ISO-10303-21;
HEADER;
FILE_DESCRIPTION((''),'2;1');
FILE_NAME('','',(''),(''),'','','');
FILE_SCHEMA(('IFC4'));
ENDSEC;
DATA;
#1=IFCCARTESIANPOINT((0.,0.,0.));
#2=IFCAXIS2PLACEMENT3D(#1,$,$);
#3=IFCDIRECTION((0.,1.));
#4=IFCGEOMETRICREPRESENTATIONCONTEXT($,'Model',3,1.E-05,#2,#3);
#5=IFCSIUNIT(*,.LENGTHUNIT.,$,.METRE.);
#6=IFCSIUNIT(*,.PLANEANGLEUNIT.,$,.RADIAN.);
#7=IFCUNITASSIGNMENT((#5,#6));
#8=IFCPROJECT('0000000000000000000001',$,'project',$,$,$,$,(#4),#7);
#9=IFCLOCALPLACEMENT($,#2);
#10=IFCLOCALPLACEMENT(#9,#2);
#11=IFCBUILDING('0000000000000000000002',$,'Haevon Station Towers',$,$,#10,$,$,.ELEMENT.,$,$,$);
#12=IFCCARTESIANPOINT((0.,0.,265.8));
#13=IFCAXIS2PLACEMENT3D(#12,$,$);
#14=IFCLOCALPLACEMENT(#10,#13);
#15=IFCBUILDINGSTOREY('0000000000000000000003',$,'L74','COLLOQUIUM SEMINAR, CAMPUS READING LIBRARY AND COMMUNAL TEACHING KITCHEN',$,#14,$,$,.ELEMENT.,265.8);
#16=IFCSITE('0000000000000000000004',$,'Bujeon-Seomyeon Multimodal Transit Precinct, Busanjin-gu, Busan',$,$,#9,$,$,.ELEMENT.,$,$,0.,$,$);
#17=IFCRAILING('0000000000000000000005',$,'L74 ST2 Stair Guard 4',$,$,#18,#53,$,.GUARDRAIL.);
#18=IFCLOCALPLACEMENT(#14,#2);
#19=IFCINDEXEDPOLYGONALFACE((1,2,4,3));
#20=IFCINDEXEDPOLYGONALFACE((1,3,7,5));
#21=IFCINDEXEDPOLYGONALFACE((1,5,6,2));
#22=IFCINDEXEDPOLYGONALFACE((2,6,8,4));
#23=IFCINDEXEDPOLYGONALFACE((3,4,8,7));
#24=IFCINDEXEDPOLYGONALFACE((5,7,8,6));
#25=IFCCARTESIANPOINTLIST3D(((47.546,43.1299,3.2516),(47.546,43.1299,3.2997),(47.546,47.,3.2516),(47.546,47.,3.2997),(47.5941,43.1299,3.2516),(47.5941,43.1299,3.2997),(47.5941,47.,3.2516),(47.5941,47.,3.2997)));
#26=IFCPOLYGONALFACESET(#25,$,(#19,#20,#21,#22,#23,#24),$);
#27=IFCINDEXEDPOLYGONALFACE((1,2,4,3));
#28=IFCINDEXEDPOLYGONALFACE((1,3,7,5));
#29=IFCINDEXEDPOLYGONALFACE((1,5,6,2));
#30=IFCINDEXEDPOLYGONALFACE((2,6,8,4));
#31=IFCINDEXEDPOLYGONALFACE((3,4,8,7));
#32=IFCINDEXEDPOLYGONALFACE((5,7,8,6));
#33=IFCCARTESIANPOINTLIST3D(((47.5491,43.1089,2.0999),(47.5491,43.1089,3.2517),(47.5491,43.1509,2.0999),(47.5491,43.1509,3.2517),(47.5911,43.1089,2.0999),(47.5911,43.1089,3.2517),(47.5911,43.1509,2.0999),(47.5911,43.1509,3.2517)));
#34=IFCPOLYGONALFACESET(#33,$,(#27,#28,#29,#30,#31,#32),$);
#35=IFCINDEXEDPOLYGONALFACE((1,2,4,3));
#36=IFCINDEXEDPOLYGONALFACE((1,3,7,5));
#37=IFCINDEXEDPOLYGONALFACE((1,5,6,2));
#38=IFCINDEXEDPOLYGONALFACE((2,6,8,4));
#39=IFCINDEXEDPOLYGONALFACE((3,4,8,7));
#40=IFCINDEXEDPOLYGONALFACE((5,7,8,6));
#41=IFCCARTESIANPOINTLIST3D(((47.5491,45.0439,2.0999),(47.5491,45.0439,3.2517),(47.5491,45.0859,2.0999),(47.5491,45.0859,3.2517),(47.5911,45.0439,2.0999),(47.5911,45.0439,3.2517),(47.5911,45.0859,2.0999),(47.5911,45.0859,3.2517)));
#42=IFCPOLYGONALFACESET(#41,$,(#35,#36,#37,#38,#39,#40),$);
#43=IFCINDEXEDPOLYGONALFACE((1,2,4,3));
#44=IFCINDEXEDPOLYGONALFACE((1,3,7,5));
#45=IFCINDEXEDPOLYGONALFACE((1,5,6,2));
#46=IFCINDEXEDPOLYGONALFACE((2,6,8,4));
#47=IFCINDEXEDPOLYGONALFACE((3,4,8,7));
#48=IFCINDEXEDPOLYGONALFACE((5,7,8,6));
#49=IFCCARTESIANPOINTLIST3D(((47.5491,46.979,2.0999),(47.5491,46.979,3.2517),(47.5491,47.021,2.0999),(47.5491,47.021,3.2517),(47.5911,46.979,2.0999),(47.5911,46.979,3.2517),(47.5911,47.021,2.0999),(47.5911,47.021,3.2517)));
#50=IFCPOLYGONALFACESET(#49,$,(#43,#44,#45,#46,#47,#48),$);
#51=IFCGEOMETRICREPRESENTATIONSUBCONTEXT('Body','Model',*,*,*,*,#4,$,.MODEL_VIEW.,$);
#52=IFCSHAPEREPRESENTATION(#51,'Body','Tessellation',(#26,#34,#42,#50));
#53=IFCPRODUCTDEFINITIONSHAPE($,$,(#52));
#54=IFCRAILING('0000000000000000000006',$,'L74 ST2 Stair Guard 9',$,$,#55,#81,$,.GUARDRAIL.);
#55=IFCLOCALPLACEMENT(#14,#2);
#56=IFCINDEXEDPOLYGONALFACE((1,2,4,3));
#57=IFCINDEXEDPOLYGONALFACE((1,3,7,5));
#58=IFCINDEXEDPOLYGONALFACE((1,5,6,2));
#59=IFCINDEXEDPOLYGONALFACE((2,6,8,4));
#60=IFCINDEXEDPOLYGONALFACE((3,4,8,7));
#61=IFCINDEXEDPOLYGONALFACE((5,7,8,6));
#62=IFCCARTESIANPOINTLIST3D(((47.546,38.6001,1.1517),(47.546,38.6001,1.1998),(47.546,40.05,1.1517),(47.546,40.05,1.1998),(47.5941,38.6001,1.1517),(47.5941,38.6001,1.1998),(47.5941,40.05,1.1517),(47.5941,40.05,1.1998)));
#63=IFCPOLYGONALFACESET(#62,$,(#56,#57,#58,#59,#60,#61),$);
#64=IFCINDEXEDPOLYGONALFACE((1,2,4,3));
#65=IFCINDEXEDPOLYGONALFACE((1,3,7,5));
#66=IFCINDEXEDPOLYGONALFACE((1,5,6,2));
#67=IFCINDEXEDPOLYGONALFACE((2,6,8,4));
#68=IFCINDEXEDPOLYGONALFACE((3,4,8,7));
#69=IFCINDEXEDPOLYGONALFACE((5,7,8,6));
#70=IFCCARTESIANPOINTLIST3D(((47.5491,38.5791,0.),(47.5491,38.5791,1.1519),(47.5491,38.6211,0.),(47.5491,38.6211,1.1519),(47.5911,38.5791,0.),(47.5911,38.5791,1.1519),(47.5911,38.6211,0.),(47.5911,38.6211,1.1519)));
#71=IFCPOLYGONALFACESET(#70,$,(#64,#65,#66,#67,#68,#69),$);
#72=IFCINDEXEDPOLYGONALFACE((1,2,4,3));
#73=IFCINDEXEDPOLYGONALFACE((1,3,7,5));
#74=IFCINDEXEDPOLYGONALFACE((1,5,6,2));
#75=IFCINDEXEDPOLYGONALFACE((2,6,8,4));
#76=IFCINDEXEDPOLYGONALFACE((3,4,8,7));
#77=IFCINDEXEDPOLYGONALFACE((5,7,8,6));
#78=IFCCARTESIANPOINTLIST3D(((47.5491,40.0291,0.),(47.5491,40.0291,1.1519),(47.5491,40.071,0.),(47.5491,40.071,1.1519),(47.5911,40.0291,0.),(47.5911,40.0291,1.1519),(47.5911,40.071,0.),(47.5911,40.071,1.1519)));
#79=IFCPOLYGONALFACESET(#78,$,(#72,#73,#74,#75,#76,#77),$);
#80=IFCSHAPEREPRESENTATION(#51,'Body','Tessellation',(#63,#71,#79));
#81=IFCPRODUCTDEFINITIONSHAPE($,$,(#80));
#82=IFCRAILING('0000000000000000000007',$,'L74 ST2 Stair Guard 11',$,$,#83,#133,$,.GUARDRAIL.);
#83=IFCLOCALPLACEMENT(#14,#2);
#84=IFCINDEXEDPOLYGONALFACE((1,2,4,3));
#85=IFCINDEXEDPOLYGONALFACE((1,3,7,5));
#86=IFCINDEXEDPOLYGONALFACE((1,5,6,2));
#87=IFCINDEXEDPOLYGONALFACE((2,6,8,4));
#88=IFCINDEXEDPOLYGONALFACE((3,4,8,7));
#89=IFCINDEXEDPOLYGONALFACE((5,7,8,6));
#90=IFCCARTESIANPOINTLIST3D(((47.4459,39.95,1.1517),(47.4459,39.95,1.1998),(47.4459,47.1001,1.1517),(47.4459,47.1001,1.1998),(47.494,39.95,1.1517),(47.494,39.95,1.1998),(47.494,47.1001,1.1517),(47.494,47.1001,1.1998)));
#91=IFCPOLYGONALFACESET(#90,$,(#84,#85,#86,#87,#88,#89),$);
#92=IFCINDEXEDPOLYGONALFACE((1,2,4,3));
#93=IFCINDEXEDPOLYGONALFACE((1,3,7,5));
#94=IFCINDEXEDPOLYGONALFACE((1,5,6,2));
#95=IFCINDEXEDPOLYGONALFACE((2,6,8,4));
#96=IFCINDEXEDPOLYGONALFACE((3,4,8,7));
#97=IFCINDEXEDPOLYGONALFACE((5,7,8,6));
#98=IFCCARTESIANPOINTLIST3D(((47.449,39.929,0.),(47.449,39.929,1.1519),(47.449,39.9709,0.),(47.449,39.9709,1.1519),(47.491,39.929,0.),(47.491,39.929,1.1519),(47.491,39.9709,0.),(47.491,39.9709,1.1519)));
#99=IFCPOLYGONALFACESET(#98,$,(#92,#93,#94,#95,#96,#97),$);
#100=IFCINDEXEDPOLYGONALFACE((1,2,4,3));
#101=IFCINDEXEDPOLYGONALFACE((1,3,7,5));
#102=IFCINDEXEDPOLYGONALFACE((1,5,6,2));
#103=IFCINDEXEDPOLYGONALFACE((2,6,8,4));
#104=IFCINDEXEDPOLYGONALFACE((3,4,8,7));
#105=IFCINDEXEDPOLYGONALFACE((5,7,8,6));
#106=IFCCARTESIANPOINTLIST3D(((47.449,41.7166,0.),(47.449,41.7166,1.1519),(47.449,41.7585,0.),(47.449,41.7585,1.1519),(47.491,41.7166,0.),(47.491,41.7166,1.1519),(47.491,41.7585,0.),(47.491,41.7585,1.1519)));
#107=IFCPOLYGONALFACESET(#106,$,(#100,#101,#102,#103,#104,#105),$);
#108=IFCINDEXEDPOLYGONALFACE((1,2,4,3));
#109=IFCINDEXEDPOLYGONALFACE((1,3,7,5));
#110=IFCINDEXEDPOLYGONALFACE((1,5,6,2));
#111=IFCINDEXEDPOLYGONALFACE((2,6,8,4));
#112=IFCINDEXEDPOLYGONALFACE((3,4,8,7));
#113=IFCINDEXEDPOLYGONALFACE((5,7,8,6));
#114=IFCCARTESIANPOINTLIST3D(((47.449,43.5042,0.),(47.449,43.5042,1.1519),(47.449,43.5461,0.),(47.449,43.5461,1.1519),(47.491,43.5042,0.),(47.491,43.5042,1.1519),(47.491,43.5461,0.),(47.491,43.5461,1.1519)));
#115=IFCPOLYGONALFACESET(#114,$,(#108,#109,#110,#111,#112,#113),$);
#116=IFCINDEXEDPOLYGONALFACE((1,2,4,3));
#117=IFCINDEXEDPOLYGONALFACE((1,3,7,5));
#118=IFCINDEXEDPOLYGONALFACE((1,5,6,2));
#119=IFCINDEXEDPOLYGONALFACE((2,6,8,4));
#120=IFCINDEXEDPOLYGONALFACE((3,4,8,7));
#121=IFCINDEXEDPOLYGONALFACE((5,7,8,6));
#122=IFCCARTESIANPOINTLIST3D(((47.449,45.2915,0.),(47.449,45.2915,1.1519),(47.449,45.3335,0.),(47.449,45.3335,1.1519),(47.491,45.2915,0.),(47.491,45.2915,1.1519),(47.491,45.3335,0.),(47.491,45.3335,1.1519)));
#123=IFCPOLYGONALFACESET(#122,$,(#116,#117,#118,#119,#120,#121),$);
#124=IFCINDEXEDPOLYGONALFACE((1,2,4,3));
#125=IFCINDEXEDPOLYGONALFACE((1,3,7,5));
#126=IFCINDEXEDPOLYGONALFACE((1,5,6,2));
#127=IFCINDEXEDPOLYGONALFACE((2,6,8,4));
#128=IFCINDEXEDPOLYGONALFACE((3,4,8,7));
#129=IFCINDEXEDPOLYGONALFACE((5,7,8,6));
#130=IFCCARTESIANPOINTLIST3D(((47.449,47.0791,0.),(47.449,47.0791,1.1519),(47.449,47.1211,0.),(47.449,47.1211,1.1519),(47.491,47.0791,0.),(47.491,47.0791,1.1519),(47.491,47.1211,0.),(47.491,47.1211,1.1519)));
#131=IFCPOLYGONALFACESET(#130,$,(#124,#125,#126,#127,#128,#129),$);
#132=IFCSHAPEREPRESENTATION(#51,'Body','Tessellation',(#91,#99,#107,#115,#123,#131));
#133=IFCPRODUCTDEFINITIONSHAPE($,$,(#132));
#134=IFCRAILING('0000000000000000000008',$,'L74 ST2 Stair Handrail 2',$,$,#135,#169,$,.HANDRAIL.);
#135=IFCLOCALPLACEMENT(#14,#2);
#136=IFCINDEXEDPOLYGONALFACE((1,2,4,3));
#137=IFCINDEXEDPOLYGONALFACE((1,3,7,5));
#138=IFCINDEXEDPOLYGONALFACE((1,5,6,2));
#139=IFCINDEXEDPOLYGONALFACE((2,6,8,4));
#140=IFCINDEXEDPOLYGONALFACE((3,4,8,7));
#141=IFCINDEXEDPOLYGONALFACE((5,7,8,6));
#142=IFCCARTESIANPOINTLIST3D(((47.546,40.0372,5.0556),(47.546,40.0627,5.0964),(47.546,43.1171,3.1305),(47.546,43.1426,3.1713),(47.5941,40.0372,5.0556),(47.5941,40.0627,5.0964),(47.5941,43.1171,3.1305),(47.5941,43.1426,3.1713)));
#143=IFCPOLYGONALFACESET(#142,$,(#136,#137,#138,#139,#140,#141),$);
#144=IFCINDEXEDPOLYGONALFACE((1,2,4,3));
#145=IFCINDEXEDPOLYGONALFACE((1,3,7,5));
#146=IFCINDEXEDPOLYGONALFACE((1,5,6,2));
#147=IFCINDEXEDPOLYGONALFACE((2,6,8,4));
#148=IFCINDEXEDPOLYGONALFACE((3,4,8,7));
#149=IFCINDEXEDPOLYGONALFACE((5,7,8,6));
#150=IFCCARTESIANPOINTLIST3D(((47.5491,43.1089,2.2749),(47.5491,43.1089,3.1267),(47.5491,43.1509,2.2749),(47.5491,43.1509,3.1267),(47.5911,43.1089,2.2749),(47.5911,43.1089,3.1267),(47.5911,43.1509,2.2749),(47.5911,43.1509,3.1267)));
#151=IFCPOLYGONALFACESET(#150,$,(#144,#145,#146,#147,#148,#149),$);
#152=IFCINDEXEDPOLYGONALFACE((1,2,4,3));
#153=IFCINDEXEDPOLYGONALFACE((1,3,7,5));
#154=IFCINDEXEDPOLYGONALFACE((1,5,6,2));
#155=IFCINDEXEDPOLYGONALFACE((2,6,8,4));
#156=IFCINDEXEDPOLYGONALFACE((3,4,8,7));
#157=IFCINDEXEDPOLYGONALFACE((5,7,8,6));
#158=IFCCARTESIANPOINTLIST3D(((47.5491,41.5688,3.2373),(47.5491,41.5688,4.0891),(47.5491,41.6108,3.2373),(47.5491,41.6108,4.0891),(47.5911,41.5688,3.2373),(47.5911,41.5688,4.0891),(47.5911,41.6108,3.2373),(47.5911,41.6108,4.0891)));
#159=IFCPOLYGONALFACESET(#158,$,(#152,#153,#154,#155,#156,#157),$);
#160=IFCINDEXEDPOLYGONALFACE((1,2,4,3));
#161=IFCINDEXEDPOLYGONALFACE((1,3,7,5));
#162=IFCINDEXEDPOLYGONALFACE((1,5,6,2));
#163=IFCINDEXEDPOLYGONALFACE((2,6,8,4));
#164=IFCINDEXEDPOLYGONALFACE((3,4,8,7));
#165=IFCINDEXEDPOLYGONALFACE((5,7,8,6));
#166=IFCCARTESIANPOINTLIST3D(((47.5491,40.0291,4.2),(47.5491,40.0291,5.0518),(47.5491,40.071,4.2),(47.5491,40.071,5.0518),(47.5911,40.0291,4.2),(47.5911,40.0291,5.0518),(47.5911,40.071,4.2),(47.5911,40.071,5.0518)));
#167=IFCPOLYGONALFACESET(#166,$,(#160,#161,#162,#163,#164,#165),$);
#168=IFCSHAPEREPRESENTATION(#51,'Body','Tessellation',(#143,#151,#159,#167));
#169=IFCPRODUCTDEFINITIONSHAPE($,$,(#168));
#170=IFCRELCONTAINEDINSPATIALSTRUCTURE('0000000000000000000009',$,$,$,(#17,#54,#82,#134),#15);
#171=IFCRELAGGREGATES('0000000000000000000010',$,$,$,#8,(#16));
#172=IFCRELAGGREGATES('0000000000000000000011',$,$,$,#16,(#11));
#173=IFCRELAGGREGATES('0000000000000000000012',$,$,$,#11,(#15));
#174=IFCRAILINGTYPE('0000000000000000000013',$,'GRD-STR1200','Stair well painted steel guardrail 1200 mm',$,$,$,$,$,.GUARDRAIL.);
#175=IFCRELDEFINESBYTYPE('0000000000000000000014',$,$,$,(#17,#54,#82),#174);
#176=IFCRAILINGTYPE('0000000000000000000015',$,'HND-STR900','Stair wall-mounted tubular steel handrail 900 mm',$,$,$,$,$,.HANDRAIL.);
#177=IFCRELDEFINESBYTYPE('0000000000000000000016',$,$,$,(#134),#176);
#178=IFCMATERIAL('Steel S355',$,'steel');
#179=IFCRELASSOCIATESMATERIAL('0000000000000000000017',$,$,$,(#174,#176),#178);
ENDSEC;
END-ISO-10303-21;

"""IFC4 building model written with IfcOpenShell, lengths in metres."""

from ifc_helpers import new_model, si_unit, direction, frame, origin, origin_2d, place, context, subcontext, project, spatial, rectangle, extrude, material, type_object, element, save


model = new_model("IFC4")

# Units and contexts
model_context = context("Model", 3, precision=1e-05, world=origin(), true_north=direction((0.0, 1.0)))
body_context = subcontext(model_context, "Body", "Model", "MODEL_VIEW")
ifc_project = project(units=[si_unit("LENGTHUNIT", "METRE"), si_unit("PLANEANGLEUNIT", "RADIAN")], contexts=[model_context])

# Site, building, storey
site_placement = place(None, origin())
site = spatial("IfcSite", under=ifc_project, at=site_placement, Name="Bujeon-Seomyeon Multimodal Transit Precinct, Busanjin-gu, Busan", CompositionType="ELEMENT", RefElevation=0.0)
building_placement = place(site_placement, origin())
building = spatial("IfcBuilding", under=site, at=building_placement, Name="Haevon Station Towers", CompositionType="ELEMENT")
storey_placement = place(building_placement, frame((0.0, 0.0, 265.8)))
storey = spatial("IfcBuildingStorey", under=building, at=storey_placement, Name="L74", Description="COLLOQUIUM SEMINAR, CAMPUS READING LIBRARY AND COMMUNAL TEACHING KITCHEN", CompositionType="ELEMENT", Elevation=265.8)

# Shared definitions
ifc_material_1 = material(Name="Steel S355", Category="steel")

# Railings
railing_type_1 = type_object("IfcRailingType", Name="GRD-STR1200", Description="Stair well painted steel guardrail 1200 mm", PredefinedType="GUARDRAIL", material=ifc_material_1)
railing_1_placement = place(storey_placement, frame((47.5701, 43.1299, 2.0999)))
element("IfcRailing", 1, at=railing_1_placement, inside=storey, type_object=railing_type_1, Name="L74 ST2 Stair Guard 4", PredefinedType="GUARDRAIL", context=body_context, shape_type="SweptSolid", body=[
    extrude(rectangle(XDim=0.0481, YDim=0.0481, at=origin_2d()), frame((0.0, 0.0, 1.1758), z_axis=(0.0, 1.0, 0.0), x_axis=(-1.0, 0.0, 0.0)), (0.0, 0.0, 1.0), 3.8701),
    extrude(rectangle(XDim=0.042, YDim=0.042, at=origin_2d()), origin(), (0.0, 0.0, 1.0), 1.1519),
    extrude(rectangle(XDim=0.042, YDim=0.042, at=origin_2d()), frame((0.0, 1.9351, 0.0)), (0.0, 0.0, 1.0), 1.1519),
    extrude(rectangle(XDim=0.042, YDim=0.042, at=origin_2d()), frame((0.0, 3.8701, 0.0)), (0.0, 0.0, 1.0), 1.1519),
])
railing_2_placement = place(storey_placement, frame((47.5701, 38.6001, 0.0)))
element("IfcRailing", 2, at=railing_2_placement, inside=storey, type_object=railing_type_1, Name="L74 ST2 Stair Guard 9", PredefinedType="GUARDRAIL", context=body_context, shape_type="SweptSolid", body=[
    extrude(rectangle(XDim=0.0481, YDim=0.0481, at=origin_2d()), frame((0.0, 0.0, 1.1758), z_axis=(0.0, 1.0, 0.0), x_axis=(-1.0, 0.0, 0.0)), (0.0, 0.0, 1.0), 1.45),
    extrude(rectangle(XDim=0.042, YDim=0.042, at=origin_2d()), origin(), (0.0, 0.0, 1.0), 1.1519),
    extrude(rectangle(XDim=0.042, YDim=0.042, at=origin_2d()), frame((0.0, 1.45, 0.0)), (0.0, 0.0, 1.0), 1.1519),
])
railing_3_placement = place(storey_placement, frame((47.47, 39.95, 0.0)))
element("IfcRailing", 3, at=railing_3_placement, inside=storey, type_object=railing_type_1, Name="L74 ST2 Stair Guard 11", PredefinedType="GUARDRAIL", context=body_context, shape_type="SweptSolid", body=[
    extrude(rectangle(XDim=0.0481, YDim=0.0481, at=origin_2d()), frame((0.0, 0.0, 1.1758), z_axis=(0.0, 1.0, 0.0), x_axis=(-1.0, 0.0, 0.0)), (0.0, 0.0, 1.0), 7.1501),
    extrude(rectangle(XDim=0.042, YDim=0.042, at=origin_2d()), origin(), (0.0, 0.0, 1.0), 1.1519),
    extrude(rectangle(XDim=0.042, YDim=0.042, at=origin_2d()), frame((0.0, 1.7876, 0.0)), (0.0, 0.0, 1.0), 1.1519),
    extrude(rectangle(XDim=0.042, YDim=0.042, at=origin_2d()), frame((0.0, 3.5752, 0.0)), (0.0, 0.0, 1.0), 1.1519),
    extrude(rectangle(XDim=0.042, YDim=0.042, at=origin_2d()), frame((0.0, 5.3625, 0.0)), (0.0, 0.0, 1.0), 1.1519),
    extrude(rectangle(XDim=0.042, YDim=0.042, at=origin_2d()), frame((0.0, 7.1501, 0.0)), (0.0, 0.0, 1.0), 1.1519),
])
railing_type_2 = type_object("IfcRailingType", Name="HND-STR900", Description="Stair wall-mounted tubular steel handrail 900 mm", PredefinedType="HANDRAIL", material=ifc_material_1)
railing_4_placement = place(storey_placement, frame((47.5701, 43.1299, 2.2749)))
element("IfcRailing", 4, at=railing_4_placement, inside=storey, type_object=railing_type_2, Name="L74 ST2 Stair Handrail 2", PredefinedType="HANDRAIL", context=body_context, shape_type="SweptSolid", body=[
    extrude(rectangle(XDim=0.0481, YDim=0.0481, at=origin_2d()), frame((0.0, 0.0, 0.876), z_axis=(0.0, -0.847979, 0.530029), x_axis=(1.0, 0.0, 0.0)), (0.0, 0.0, 1.0), 3.6321),
    extrude(rectangle(XDim=0.042, YDim=0.042, at=origin_2d()), origin(), (0.0, 0.0, 1.0), 0.8518),
    extrude(rectangle(XDim=0.042, YDim=0.042, at=origin_2d()), frame((0.0, -1.54, 0.9624)), (0.0, 0.0, 1.0), 0.8518),
    extrude(rectangle(XDim=0.042, YDim=0.042, at=origin_2d()), frame((0.0, -3.0798, 1.925)), (0.0, 0.0, 1.0), 0.8518),
])

save(model, "model.ifc")
